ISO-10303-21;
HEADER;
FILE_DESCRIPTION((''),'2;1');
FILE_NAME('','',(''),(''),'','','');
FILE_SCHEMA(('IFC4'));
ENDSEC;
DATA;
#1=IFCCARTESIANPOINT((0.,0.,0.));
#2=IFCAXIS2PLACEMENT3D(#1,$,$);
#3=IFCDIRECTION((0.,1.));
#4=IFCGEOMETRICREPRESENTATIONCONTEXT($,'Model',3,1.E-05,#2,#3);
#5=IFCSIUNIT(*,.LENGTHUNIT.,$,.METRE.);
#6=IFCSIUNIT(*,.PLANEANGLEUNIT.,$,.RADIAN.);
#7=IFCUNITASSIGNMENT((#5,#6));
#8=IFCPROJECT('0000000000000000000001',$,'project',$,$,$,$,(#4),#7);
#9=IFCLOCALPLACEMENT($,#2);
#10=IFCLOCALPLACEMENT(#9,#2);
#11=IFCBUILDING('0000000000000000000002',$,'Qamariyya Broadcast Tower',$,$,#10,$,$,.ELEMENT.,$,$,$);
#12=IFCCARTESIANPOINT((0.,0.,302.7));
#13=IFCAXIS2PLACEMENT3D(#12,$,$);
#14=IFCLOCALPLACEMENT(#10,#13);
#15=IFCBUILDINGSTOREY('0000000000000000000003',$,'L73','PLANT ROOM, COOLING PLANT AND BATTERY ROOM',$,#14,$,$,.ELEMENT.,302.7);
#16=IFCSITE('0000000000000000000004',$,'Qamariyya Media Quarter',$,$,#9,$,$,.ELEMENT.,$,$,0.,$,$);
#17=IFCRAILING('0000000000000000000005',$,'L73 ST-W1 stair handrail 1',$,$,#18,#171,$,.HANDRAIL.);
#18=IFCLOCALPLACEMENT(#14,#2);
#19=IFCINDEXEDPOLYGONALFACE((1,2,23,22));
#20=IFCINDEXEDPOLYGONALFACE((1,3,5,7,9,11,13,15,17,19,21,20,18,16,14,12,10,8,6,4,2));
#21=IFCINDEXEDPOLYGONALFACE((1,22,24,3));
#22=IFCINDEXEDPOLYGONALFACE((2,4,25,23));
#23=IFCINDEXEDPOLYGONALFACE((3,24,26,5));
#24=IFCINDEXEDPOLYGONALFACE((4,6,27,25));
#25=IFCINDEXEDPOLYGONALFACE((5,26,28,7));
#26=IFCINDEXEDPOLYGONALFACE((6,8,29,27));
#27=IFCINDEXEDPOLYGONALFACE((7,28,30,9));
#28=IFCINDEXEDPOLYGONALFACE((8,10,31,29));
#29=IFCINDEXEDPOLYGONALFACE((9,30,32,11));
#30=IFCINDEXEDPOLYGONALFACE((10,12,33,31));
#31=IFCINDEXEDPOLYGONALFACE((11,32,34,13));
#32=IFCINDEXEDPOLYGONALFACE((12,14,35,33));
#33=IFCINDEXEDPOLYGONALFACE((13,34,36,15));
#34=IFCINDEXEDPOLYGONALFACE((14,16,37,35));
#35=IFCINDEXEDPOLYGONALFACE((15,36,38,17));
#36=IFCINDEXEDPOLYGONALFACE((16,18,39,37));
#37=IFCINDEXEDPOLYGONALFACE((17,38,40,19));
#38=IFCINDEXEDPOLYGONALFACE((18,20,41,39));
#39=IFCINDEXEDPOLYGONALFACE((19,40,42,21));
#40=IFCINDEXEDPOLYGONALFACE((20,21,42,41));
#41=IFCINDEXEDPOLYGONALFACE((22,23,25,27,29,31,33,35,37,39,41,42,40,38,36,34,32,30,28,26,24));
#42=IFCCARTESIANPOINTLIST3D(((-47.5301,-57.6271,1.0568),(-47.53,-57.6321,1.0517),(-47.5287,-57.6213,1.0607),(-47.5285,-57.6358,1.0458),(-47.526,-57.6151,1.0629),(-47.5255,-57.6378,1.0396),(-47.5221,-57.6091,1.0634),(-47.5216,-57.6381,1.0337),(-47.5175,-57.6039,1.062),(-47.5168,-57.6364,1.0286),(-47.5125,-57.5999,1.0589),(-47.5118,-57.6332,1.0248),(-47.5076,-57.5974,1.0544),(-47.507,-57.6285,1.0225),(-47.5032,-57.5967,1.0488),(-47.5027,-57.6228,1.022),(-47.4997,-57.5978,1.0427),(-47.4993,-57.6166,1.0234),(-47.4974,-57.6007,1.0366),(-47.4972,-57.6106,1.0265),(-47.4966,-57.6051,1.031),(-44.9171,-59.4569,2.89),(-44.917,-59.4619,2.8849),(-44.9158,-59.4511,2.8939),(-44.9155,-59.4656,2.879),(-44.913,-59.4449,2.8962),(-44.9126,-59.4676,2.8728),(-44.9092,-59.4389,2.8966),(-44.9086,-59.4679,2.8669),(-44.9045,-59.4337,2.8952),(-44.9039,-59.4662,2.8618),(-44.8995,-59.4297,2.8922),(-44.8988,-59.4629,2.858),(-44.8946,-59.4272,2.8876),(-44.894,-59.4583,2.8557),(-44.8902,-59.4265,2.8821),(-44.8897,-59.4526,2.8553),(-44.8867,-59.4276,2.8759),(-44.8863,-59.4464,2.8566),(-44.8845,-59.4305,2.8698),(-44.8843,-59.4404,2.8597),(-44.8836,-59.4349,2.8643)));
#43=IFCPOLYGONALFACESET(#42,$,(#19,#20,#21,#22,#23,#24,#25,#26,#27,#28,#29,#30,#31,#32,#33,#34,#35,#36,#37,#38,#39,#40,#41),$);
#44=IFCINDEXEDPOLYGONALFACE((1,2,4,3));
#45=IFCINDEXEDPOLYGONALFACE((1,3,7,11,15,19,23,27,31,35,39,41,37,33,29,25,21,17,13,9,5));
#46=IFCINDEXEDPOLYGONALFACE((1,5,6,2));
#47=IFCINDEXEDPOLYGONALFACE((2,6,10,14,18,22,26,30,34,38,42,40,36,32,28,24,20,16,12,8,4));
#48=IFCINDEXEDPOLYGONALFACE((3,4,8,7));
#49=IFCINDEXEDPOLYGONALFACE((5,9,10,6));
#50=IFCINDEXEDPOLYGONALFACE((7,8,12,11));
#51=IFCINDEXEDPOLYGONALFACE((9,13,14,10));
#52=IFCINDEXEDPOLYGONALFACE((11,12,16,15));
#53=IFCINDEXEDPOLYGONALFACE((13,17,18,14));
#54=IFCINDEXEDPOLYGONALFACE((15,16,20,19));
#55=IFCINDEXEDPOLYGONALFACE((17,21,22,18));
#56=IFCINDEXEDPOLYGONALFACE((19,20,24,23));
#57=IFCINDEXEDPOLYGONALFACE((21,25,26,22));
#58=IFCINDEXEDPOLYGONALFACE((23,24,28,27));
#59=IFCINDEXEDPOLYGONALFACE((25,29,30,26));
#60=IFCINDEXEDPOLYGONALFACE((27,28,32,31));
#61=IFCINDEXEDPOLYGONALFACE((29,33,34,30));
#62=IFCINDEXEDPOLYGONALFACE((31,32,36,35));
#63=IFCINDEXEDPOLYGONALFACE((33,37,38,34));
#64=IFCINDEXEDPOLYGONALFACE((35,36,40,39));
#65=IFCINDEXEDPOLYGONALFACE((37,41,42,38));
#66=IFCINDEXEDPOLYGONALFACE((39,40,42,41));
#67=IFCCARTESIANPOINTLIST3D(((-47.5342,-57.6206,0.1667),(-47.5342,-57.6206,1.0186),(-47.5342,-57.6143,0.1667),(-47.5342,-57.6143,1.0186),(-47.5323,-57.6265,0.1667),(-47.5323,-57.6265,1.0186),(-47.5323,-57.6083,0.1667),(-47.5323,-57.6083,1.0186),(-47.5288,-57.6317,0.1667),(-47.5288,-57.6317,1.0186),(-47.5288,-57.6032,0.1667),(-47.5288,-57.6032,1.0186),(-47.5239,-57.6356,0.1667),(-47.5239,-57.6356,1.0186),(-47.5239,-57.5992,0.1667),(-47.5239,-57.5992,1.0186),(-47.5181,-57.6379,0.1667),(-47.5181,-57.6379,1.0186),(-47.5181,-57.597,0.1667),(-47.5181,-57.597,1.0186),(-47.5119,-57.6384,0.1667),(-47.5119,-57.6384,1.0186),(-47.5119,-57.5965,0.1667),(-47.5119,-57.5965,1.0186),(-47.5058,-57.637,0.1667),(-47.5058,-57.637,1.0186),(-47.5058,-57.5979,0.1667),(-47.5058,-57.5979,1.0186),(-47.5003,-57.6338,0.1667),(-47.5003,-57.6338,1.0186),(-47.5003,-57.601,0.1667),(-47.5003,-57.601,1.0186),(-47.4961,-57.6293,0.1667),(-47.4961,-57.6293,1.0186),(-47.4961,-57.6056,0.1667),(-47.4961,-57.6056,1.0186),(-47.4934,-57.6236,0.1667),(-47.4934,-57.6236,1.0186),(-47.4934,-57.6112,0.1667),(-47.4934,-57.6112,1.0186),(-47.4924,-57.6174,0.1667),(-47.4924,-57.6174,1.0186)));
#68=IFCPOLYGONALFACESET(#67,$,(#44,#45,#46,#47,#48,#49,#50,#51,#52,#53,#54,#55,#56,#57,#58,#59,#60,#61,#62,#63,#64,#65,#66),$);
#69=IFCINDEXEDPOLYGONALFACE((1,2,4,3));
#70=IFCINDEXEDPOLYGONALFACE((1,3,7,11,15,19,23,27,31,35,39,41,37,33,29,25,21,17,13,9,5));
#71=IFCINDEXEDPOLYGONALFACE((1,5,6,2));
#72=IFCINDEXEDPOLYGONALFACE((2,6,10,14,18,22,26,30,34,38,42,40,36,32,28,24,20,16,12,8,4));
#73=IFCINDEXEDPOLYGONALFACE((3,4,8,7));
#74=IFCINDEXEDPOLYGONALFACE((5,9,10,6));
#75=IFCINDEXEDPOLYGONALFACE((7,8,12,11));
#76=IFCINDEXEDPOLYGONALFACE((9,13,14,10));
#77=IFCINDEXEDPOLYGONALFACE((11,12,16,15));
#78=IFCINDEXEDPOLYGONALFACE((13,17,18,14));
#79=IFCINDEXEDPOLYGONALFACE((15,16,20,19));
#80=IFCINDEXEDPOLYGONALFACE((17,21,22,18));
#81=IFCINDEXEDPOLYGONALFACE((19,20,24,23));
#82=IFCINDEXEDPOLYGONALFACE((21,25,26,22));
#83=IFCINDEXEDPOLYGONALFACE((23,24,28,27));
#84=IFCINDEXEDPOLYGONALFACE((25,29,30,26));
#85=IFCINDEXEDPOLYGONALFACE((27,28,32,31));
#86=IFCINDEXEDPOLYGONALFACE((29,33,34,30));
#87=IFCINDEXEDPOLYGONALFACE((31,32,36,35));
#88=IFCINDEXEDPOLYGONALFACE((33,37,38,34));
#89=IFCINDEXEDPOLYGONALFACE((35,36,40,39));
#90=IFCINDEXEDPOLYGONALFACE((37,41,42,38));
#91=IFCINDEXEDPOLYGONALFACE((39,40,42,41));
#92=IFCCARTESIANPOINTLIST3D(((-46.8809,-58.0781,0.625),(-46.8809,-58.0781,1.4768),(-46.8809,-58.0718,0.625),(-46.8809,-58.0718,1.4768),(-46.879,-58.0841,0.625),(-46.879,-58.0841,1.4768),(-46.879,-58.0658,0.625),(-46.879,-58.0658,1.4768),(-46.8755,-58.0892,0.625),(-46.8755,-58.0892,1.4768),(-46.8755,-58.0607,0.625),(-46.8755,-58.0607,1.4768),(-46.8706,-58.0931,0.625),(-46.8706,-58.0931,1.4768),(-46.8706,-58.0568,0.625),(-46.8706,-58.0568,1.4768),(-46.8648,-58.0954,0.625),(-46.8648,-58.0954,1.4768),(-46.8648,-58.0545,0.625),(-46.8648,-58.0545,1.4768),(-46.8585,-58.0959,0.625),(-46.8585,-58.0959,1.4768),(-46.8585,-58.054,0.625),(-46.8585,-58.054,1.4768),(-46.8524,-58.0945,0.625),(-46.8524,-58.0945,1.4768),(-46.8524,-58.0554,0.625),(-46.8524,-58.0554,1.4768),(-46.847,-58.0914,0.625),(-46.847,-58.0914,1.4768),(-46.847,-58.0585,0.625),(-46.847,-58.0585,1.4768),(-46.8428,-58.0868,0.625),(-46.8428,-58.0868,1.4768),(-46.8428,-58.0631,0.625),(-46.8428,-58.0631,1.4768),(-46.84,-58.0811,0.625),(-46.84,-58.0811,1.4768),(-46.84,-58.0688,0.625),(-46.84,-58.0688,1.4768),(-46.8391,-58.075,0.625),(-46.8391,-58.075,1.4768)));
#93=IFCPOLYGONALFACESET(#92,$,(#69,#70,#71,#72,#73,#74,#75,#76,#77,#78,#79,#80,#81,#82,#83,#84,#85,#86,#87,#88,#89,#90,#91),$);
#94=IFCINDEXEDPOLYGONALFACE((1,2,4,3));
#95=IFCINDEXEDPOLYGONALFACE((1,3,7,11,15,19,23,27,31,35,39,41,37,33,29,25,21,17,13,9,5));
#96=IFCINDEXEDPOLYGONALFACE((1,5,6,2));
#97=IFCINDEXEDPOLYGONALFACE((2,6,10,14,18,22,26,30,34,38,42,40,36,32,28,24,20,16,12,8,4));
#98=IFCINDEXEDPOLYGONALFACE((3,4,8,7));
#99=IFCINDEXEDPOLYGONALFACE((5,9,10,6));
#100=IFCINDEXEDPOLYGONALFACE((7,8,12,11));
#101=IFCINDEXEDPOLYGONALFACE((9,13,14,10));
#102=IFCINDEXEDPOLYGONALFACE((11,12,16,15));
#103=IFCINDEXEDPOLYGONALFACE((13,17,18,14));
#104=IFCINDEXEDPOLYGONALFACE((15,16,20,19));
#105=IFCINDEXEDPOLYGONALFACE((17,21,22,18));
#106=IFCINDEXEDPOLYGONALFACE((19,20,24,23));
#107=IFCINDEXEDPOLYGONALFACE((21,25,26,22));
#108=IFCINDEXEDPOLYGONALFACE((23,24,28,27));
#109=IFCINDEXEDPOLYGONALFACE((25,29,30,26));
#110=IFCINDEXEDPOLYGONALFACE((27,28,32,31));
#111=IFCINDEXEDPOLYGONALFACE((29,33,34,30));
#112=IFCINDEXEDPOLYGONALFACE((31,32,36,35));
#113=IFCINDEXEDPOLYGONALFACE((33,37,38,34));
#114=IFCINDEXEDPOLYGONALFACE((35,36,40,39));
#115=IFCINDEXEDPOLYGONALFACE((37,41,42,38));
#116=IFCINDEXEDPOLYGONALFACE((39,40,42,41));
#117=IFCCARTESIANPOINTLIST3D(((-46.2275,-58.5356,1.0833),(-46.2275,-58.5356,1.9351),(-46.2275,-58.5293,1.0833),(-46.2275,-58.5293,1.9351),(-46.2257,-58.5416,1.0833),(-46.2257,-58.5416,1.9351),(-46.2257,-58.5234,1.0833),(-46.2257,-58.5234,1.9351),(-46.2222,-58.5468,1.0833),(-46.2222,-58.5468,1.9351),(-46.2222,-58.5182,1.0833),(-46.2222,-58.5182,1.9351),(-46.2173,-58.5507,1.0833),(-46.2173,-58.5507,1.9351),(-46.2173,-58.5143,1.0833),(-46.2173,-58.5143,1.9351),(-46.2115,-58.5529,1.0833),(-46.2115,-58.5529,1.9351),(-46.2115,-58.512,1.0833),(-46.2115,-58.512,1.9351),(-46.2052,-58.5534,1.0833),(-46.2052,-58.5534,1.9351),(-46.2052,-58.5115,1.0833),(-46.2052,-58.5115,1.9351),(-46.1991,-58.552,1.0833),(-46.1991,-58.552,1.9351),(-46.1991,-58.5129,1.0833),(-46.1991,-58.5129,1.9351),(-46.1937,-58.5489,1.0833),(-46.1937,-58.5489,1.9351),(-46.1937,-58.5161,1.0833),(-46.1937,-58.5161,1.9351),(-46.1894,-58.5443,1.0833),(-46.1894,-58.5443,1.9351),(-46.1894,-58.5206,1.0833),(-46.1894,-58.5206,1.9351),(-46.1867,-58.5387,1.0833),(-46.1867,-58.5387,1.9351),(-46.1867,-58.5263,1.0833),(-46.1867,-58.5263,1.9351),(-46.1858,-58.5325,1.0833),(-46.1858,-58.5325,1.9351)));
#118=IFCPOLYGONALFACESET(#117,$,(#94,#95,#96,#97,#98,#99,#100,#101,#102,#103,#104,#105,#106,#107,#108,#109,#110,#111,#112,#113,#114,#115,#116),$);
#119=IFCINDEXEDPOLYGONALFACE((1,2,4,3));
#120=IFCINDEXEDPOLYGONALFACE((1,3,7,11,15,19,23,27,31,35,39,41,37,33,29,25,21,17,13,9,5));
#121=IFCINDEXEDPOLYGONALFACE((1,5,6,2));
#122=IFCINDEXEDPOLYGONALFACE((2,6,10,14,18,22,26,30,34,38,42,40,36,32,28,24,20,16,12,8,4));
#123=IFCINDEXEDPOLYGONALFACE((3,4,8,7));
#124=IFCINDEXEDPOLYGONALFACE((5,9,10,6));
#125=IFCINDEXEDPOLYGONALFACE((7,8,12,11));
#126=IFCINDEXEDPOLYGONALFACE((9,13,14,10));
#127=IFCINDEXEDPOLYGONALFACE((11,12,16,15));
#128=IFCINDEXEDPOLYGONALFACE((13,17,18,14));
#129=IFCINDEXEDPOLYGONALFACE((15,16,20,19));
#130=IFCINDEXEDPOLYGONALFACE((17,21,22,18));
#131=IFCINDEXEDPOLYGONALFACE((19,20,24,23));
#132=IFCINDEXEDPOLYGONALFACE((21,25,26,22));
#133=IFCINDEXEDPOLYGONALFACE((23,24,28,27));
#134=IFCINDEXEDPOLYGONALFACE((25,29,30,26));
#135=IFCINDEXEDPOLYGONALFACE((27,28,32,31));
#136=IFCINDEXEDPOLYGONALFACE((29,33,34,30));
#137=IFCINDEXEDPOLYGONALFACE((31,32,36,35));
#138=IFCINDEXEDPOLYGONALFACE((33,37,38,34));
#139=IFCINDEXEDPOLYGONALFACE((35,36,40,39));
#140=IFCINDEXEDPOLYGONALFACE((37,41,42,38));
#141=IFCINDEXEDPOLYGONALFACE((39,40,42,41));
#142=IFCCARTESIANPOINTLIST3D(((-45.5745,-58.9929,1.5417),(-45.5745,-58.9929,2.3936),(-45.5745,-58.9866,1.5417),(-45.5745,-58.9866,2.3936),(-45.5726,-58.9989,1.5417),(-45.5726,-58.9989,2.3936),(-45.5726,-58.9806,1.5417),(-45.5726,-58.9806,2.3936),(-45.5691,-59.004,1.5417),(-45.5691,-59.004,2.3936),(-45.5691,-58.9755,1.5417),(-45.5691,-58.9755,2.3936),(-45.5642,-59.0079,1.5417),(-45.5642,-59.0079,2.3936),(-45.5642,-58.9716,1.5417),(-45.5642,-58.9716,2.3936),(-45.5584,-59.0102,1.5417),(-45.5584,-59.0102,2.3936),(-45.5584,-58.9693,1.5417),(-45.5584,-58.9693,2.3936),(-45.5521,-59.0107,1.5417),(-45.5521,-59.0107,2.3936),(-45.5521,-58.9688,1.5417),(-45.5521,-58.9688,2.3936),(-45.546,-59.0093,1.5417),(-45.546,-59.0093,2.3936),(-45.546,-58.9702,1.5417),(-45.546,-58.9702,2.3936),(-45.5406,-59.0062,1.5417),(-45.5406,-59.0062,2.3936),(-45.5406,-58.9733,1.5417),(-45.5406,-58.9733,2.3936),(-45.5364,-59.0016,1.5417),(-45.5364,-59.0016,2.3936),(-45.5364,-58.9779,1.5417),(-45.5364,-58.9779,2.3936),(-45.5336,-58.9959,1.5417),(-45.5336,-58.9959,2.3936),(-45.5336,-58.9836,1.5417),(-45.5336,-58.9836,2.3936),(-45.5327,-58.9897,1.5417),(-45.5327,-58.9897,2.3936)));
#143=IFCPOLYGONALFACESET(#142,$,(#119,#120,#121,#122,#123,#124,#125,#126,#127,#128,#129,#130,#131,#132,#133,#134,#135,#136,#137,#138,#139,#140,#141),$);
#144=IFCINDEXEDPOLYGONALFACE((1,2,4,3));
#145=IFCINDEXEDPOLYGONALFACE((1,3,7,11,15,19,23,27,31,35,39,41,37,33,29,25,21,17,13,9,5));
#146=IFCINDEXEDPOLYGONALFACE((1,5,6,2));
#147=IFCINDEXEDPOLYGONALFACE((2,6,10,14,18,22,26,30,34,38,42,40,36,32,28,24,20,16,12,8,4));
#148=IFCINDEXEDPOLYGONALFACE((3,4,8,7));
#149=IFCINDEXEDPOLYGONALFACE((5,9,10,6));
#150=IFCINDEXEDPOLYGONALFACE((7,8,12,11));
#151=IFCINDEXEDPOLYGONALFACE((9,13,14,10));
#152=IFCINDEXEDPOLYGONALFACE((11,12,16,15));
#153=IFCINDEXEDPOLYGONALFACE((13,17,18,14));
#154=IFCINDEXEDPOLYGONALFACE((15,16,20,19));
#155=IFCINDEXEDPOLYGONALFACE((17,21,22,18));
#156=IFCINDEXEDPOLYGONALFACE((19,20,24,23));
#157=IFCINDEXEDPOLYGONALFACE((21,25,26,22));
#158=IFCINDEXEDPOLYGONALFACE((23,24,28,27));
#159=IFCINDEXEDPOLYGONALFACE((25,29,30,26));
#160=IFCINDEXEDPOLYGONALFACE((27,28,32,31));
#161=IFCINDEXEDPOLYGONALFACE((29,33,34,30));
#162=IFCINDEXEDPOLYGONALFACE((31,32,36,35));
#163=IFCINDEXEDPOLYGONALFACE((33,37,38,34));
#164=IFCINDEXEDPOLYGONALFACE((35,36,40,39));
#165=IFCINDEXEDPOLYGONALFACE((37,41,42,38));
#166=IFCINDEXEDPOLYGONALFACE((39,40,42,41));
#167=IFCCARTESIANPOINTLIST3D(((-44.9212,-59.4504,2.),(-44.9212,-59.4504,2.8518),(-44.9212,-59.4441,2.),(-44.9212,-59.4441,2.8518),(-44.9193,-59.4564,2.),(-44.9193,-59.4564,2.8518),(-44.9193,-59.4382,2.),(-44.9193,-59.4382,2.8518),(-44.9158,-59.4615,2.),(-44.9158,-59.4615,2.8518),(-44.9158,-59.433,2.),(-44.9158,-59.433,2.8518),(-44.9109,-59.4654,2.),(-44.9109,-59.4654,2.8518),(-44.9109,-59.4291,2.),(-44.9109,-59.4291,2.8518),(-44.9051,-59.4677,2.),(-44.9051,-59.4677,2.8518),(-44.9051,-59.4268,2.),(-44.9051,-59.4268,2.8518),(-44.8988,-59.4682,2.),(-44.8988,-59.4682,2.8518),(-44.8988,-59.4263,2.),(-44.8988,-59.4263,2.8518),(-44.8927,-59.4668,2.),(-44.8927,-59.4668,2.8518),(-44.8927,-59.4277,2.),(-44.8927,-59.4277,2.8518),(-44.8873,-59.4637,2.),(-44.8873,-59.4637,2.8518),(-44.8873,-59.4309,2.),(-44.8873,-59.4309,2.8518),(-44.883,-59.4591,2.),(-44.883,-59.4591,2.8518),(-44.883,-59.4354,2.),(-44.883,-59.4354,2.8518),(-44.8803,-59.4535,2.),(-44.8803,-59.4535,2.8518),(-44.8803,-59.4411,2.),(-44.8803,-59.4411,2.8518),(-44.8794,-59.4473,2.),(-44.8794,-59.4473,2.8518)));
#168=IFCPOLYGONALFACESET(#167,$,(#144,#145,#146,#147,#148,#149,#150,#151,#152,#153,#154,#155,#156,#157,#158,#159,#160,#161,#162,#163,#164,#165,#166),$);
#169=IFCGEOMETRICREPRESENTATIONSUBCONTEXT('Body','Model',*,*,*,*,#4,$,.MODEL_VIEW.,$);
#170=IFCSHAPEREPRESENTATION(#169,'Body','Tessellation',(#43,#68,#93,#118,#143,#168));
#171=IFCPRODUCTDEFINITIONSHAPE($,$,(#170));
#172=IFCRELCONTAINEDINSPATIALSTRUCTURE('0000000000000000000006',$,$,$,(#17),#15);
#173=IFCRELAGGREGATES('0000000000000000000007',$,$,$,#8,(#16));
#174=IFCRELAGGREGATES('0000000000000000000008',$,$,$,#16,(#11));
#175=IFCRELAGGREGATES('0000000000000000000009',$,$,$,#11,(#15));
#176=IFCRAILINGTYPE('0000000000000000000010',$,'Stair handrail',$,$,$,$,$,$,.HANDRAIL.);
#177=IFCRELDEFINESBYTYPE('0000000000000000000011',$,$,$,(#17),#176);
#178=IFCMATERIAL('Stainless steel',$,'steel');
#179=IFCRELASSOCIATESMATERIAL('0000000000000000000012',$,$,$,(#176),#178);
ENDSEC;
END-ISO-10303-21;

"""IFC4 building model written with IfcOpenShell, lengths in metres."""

from ifc_helpers import new_model, si_unit, direction, frame, origin, origin_2d, place, context, subcontext, project, spatial, circle, extrude, material, type_object, element, save


model = new_model("IFC4")

# Units and contexts
model_context = context("Model", 3, precision=1e-05, world=origin(), true_north=direction((0.0, 1.0)))
body_context = subcontext(model_context, "Body", "Model", "MODEL_VIEW")
ifc_project = project(units=[si_unit("LENGTHUNIT", "METRE"), si_unit("PLANEANGLEUNIT", "RADIAN")], contexts=[model_context])

# Site, building, storey
site_placement = place(None, origin())
site = spatial("IfcSite", under=ifc_project, at=site_placement, Name="Qamariyya Media Quarter", CompositionType="ELEMENT", RefElevation=0.0)
building_placement = place(site_placement, origin())
building = spatial("IfcBuilding", under=site, at=building_placement, Name="Qamariyya Broadcast Tower", CompositionType="ELEMENT")
storey_placement = place(building_placement, frame((0.0, 0.0, 302.7)))
storey = spatial("IfcBuildingStorey", under=building, at=storey_placement, Name="L73", Description="PLANT ROOM, COOLING PLANT AND BATTERY ROOM", CompositionType="ELEMENT", Elevation=302.7)

# Railing
ifc_material_1 = material(Name="Stainless steel", Category="steel")
railing_type_1 = type_object("IfcRailingType", Name="Stair handrail", PredefinedType="HANDRAIL", material=ifc_material_1)
railing_1_placement = place(storey_placement, frame((-47.5134, -57.6174, 0.1667)))
element("IfcRailing", 1, at=railing_1_placement, inside=storey, type_object=railing_type_1, Name="L73 ST-W1 stair handrail 1", PredefinedType="HANDRAIL", context=body_context, shape_type="SweptSolid", body=[
    extrude(circle(Radius=0.0239, at=origin_2d()), frame((0.0, 0.0, 0.876), z_axis=(0.710204, -0.497335, 0.498264), x_axis=(0.573611, 0.819128, 0.0)), (0.0, 0.0, 1.0), 3.6792),
    extrude(circle(Radius=0.021, at=origin_2d()), origin(), (0.0, 0.0, 1.0), 0.8518),
    extrude(circle(Radius=0.021, at=origin_2d()), frame((0.6533, -0.4575, 0.4583)), (0.0, 0.0, 1.0), 0.8518),
    extrude(circle(Radius=0.021, at=origin_2d()), frame((1.3066, -0.915, 0.9165)), (0.0, 0.0, 1.0), 0.8518),
    extrude(circle(Radius=0.021, at=origin_2d()), frame((1.9597, -1.3723, 1.375)), (0.0, 0.0, 1.0), 0.8518),
    extrude(circle(Radius=0.021, at=origin_2d()), frame((2.613, -1.8298, 1.8333)), (0.0, 0.0, 1.0), 0.8518),
])

save(model, "model.ifc")
